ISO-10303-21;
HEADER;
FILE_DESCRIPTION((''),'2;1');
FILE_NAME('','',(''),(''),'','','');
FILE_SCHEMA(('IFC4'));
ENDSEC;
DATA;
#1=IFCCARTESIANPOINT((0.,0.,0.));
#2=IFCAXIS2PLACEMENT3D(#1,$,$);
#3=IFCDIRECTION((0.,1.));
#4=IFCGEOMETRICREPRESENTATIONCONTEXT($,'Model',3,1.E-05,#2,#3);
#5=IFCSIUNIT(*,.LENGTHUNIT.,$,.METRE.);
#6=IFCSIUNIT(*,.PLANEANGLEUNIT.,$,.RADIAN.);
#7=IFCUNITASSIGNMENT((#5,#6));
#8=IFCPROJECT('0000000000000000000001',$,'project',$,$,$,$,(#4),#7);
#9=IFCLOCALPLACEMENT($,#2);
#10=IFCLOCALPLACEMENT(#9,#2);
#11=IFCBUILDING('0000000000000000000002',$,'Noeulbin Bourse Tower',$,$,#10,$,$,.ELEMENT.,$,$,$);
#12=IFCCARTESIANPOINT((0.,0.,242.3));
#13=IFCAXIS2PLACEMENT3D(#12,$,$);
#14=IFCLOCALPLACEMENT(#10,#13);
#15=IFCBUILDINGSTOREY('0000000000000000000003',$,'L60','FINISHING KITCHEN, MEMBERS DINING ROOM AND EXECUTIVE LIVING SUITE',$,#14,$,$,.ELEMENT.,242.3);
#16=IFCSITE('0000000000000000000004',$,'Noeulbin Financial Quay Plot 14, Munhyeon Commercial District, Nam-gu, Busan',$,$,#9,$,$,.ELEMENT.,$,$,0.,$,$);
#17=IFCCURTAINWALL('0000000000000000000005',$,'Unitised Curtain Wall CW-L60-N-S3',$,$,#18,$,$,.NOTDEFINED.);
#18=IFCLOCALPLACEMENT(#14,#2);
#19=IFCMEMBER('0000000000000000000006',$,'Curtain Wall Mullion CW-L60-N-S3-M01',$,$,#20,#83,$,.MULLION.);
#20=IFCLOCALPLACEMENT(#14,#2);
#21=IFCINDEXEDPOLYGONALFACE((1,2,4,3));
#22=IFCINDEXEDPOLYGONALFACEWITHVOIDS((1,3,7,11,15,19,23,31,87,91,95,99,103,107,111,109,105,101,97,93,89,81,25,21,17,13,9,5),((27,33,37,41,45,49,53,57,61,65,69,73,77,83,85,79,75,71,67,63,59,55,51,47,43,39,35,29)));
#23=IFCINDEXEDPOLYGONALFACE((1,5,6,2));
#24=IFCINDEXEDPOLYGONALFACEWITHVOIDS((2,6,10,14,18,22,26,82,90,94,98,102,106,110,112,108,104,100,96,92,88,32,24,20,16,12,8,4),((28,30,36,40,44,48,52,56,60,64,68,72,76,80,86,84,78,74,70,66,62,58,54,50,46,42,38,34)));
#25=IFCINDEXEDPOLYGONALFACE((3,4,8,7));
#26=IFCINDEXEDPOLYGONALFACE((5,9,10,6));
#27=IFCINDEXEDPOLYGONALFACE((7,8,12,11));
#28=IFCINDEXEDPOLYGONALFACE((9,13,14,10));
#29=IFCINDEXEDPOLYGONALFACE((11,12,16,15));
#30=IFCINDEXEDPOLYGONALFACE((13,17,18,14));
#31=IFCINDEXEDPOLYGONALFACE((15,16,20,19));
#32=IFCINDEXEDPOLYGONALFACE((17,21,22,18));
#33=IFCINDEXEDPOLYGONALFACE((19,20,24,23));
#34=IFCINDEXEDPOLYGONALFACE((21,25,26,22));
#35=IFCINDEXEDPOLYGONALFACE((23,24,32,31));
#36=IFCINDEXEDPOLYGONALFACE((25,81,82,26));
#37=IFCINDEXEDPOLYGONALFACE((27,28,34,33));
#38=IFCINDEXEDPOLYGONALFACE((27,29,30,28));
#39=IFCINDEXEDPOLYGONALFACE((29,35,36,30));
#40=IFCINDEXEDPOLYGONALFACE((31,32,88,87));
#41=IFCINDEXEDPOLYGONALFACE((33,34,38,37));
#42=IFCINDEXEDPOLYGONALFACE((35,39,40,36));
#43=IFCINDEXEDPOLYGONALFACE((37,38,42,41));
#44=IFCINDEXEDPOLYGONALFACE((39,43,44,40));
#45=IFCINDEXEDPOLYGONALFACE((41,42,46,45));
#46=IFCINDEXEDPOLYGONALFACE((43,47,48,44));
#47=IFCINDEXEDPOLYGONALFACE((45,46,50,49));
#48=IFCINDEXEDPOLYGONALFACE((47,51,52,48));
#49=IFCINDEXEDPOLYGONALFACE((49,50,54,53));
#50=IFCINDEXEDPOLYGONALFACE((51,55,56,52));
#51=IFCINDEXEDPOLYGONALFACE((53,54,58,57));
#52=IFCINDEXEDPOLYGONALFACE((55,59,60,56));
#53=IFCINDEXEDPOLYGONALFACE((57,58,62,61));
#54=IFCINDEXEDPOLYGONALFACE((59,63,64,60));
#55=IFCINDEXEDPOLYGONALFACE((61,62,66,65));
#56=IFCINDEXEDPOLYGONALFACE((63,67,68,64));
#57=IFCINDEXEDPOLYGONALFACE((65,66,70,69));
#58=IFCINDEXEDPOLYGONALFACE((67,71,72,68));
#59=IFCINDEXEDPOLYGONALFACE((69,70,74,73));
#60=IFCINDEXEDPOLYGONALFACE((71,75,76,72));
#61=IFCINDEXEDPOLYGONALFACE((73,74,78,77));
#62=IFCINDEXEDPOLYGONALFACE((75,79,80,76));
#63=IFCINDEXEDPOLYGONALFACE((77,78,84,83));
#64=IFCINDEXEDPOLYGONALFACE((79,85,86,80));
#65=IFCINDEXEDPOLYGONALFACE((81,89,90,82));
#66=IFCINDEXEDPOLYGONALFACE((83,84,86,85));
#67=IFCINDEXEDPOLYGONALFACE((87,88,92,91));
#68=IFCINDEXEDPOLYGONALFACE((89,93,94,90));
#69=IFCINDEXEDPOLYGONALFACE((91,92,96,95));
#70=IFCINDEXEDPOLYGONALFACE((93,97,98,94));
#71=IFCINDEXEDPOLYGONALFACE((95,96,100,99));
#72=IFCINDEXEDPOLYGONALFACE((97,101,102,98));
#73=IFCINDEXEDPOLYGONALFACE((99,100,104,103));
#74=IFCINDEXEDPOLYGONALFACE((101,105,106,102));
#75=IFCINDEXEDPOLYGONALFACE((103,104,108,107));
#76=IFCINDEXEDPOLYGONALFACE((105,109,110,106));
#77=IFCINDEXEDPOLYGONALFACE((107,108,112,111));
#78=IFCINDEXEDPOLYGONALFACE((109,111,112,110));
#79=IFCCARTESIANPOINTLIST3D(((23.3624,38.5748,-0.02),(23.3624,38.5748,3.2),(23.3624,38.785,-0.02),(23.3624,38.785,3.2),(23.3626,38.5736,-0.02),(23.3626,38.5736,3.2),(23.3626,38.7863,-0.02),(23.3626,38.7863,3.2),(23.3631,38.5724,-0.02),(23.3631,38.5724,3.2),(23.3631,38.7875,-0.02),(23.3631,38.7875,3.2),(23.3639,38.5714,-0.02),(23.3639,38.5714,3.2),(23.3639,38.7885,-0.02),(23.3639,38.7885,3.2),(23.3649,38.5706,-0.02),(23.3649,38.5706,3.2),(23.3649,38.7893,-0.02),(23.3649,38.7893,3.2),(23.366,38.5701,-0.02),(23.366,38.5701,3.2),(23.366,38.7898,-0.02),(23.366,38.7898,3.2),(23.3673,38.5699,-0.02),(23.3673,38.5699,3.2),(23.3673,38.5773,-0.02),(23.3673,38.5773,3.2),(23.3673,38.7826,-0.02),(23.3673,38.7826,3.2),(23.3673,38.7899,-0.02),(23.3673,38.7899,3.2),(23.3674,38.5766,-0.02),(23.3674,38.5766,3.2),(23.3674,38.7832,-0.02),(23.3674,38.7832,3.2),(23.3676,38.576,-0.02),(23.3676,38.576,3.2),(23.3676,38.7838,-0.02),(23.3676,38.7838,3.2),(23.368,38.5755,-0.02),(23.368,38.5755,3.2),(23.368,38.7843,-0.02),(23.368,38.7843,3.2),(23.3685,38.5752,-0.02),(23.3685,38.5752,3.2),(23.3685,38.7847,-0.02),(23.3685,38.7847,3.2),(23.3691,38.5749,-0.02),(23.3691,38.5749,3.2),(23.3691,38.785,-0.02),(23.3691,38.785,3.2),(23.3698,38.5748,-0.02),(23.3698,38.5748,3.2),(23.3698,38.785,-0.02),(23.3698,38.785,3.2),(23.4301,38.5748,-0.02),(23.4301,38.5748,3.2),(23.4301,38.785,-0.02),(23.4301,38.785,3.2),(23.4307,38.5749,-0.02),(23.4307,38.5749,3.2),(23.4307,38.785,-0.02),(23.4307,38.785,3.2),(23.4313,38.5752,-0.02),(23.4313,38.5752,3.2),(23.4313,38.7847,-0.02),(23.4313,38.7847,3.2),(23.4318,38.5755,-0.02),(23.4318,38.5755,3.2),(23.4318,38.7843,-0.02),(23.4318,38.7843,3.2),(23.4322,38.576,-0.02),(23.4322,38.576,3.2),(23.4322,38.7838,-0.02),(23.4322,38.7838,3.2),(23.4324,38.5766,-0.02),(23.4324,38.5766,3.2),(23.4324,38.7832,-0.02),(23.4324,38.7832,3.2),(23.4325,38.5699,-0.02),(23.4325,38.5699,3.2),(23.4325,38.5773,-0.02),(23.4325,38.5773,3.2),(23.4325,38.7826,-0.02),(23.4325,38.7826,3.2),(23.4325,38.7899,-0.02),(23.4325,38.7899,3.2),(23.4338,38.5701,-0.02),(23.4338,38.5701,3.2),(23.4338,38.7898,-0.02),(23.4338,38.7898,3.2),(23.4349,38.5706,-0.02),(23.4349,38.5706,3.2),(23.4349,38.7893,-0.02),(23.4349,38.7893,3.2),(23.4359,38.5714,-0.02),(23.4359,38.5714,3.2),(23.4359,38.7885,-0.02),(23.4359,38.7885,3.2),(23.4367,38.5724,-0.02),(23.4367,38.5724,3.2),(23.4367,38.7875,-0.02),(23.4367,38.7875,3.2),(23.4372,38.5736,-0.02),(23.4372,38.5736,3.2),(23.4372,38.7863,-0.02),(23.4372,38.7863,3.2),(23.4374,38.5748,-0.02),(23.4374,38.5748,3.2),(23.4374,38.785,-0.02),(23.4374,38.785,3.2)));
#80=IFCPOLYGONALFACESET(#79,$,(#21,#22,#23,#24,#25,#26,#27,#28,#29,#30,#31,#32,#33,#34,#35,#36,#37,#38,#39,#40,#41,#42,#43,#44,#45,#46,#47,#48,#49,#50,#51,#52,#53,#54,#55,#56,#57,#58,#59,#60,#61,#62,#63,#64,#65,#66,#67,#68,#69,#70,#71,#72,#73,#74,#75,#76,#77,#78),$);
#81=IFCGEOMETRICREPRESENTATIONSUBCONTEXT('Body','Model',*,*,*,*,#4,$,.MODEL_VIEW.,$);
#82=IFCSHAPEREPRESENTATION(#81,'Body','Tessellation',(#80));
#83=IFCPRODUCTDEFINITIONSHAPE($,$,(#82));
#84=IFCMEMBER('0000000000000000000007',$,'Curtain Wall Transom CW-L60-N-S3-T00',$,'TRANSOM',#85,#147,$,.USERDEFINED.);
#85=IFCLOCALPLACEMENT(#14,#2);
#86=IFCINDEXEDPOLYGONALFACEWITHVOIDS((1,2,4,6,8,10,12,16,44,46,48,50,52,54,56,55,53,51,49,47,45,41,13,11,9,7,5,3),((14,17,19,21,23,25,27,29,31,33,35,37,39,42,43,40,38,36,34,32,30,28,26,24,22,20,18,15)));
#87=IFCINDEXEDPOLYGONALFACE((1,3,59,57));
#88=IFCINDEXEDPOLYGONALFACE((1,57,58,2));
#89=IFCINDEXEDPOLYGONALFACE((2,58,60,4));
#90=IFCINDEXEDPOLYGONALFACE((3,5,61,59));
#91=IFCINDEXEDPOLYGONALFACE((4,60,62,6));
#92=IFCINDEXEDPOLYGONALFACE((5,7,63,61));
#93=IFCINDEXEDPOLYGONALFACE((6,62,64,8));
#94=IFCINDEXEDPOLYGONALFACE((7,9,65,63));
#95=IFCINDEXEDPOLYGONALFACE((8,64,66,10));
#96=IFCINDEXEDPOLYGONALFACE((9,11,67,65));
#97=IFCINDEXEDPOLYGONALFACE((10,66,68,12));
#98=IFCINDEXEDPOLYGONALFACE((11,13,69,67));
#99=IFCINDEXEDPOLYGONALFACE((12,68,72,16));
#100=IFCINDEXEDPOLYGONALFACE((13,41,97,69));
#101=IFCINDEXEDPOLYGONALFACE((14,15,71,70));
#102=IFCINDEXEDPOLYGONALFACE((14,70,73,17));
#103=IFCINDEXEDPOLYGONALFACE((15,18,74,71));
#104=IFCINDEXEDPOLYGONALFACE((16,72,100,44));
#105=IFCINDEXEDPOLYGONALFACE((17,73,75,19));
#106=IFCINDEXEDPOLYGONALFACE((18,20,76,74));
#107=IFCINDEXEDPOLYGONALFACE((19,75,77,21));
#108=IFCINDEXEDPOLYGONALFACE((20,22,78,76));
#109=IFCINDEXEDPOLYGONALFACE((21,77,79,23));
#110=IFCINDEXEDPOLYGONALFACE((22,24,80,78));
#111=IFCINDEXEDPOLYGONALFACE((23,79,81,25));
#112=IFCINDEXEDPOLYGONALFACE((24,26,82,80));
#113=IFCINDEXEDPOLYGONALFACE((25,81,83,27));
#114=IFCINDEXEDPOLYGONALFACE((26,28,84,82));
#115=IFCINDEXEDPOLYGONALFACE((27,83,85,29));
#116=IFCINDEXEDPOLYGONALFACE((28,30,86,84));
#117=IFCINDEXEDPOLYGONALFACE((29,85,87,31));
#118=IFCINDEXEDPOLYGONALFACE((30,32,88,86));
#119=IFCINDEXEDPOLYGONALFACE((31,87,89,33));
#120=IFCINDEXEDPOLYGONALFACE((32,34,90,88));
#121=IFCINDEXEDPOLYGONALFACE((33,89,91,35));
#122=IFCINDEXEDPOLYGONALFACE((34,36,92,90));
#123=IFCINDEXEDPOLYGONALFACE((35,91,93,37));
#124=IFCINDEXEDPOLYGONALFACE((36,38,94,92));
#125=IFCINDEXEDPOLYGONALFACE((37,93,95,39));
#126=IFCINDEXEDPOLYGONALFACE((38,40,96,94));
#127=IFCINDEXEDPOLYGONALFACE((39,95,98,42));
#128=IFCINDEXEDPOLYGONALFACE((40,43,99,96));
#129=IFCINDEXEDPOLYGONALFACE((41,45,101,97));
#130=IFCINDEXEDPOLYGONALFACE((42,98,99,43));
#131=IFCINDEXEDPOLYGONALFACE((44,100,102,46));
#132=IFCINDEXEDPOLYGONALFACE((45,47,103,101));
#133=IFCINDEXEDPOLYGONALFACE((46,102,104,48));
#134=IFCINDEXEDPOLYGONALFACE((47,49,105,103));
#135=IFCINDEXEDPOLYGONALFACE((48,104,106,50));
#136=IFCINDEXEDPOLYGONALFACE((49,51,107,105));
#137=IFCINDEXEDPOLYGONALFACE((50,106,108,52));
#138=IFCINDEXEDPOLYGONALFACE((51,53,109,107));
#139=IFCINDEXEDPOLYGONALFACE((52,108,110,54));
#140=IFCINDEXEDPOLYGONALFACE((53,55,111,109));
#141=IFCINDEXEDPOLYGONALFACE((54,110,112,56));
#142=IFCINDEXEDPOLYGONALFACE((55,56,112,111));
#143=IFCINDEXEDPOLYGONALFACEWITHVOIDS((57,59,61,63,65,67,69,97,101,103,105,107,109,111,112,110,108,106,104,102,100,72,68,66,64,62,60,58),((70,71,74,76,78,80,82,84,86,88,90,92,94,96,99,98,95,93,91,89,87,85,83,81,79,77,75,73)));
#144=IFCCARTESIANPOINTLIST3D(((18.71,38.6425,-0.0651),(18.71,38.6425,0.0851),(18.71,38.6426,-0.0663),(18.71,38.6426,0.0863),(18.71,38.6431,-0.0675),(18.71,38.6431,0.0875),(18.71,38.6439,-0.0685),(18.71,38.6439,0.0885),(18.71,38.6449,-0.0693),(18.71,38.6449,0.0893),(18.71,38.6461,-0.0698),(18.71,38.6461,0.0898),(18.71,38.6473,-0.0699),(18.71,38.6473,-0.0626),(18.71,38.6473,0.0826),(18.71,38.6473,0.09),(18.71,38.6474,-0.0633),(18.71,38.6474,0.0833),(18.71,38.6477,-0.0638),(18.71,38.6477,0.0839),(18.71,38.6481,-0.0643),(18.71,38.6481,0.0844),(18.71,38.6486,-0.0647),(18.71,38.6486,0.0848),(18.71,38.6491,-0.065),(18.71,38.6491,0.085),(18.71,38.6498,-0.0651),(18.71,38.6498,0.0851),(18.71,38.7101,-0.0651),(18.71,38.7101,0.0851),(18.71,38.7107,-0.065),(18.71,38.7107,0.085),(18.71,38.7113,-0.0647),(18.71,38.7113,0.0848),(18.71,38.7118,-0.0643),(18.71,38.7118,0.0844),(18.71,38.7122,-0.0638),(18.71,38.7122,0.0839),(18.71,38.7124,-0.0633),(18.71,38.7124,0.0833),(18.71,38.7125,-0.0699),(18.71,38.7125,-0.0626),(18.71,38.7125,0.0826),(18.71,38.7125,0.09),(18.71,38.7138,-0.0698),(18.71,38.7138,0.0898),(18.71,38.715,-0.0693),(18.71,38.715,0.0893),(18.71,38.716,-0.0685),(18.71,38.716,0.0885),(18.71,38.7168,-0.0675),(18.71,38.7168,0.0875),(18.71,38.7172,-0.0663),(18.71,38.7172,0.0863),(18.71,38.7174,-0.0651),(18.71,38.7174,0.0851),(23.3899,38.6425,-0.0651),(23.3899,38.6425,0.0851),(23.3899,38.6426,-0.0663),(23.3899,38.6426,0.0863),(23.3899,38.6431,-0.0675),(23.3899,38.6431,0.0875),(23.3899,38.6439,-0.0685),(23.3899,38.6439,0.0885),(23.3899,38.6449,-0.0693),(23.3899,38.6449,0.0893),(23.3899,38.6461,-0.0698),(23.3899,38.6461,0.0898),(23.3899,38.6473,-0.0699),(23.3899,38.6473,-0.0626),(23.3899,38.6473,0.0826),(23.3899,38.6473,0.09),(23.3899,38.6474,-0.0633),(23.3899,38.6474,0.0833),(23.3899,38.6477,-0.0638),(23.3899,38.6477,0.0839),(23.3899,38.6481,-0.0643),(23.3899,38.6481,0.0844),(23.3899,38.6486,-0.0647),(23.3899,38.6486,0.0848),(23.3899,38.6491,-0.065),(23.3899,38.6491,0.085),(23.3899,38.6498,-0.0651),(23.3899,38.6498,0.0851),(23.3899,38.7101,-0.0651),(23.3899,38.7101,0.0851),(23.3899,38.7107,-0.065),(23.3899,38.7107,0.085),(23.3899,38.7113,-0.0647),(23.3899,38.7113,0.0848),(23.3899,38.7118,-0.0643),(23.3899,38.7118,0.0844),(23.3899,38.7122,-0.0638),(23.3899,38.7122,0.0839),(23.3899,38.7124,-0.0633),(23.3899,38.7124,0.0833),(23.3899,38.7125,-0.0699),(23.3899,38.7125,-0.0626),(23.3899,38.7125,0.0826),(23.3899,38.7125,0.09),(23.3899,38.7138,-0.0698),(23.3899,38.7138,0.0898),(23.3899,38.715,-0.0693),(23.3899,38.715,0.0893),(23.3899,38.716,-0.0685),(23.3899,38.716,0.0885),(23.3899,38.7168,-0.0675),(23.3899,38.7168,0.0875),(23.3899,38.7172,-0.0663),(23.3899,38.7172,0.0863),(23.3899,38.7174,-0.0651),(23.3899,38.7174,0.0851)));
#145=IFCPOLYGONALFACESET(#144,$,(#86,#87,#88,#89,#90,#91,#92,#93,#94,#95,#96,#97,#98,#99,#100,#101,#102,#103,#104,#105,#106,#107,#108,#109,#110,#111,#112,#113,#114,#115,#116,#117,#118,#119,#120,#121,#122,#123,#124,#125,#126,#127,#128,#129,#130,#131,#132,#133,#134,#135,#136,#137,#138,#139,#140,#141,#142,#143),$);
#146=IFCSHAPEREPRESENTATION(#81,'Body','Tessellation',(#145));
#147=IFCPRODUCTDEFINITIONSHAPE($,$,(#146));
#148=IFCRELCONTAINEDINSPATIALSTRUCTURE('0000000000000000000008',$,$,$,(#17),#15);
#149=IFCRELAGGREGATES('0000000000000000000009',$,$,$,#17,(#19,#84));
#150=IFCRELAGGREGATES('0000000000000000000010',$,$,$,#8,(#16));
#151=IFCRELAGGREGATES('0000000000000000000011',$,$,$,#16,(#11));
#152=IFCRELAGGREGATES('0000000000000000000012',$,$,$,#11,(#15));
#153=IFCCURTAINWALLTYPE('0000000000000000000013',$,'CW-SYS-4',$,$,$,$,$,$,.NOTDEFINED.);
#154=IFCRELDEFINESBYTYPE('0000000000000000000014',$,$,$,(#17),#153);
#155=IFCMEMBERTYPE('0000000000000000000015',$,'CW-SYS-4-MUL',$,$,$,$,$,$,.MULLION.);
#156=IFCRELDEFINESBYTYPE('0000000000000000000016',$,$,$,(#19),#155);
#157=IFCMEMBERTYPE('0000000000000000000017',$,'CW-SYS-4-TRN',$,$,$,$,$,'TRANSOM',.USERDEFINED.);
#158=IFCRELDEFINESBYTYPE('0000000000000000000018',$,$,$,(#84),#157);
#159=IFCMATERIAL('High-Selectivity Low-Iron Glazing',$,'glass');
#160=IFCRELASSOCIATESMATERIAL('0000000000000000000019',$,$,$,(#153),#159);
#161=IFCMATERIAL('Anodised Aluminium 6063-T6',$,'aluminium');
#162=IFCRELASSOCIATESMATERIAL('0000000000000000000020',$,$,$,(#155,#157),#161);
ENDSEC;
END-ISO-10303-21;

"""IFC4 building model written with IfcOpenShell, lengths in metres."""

from ifc_helpers import new_model, si_unit, direction, frame, origin, origin_2d, place, context, subcontext, project, spatial, hollow_rectangle, extrude, material, material_profile, profile_set, type_object, element, aggregate, save


model = new_model("IFC4")

# Units and contexts
model_context = context("Model", 3, precision=1e-05, world=origin(), true_north=direction((0.0, 1.0)))
body_context = subcontext(model_context, "Body", "Model", "MODEL_VIEW")
ifc_project = project(units=[si_unit("LENGTHUNIT", "METRE"), si_unit("PLANEANGLEUNIT", "RADIAN")], contexts=[model_context])

# Site, building, storey
site_placement = place(None, origin())
site = spatial("IfcSite", under=ifc_project, at=site_placement, Name="Noeulbin Financial Quay Plot 14, Munhyeon Commercial District, Nam-gu, Busan", CompositionType="ELEMENT", RefElevation=0.0)
building_placement = place(site_placement, origin())
building = spatial("IfcBuilding", under=site, at=building_placement, Name="Noeulbin Bourse Tower", CompositionType="ELEMENT")
storey_placement = place(building_placement, frame((0.0, 0.0, 242.3)))
storey = spatial("IfcBuildingStorey", under=building, at=storey_placement, Name="L60", Description="FINISHING KITCHEN, MEMBERS DINING ROOM AND EXECUTIVE LIVING SUITE", CompositionType="ELEMENT", Elevation=242.3)

# Curtain wall, members
ifc_material_1 = material(Name="High-Selectivity Low-Iron Glazing", Category="glass")
curtain_wall_type = type_object("IfcCurtainWallType", Name="CW-SYS-4", PredefinedType="NOTDEFINED", material=ifc_material_1)
curtain_wall_placement = place(storey_placement, origin())
curtain_wall = element("IfcCurtainWall", 1, at=curtain_wall_placement, inside=storey, type_object=curtain_wall_type, Name="Unitised Curtain Wall CW-L60-N-S3", PredefinedType="NOTDEFINED")
ifc_material_2 = material(Name="Anodised Aluminium 6063-T6", Category="aluminium")
ifc_material_profile_1 = material_profile(ifc_material_2, hollow_rectangle(XDim=0.075, YDim=0.22, WallThickness=0.0049, InnerFilletRadius=0.0024, OuterFilletRadius=0.0049, at=origin_2d()), Name="ALU-MULL-75x220x5", Category="LoadBearing")
ifc_profile_set_1 = profile_set([ifc_material_profile_1], Name="Anodised Aluminium 6063-T6")
member_type_1 = type_object("IfcMemberType", Name="CW-SYS-4-MUL", PredefinedType="MULLION", material=ifc_profile_set_1)
member_1_placement = place(storey_placement, frame((23.3999, 38.6799, -0.02), z_axis=(0.0, 0.0, 1.0), x_axis=(1.0, 0.0, 0.0)))
member_1 = element("IfcMember", 2, at=member_1_placement, type_object=member_type_1, Name="Curtain Wall Mullion CW-L60-N-S3-M01", PredefinedType="MULLION", context=body_context, shape_type="SweptSolid", body=[
    extrude(hollow_rectangle(XDim=0.075, YDim=0.22, WallThickness=0.0049, InnerFilletRadius=0.0024, OuterFilletRadius=0.0049, at=origin_2d()), origin(), (0.0, 0.0, 1.0), 3.22),
])
ifc_material_profile_2 = material_profile(ifc_material_2, hollow_rectangle(XDim=0.075, YDim=0.1599, WallThickness=0.0049, InnerFilletRadius=0.0024, OuterFilletRadius=0.0049, at=origin_2d()), Name="ALU-TRAN-75x160x5", Category="LoadBearing")
ifc_profile_set_2 = profile_set([ifc_material_profile_2], Name="Anodised Aluminium 6063-T6")
member_type_2 = type_object("IfcMemberType", Name="CW-SYS-4-TRN", ElementType="TRANSOM", PredefinedType="USERDEFINED", material=ifc_profile_set_2)
member_2_placement = place(storey_placement, frame((18.71, 38.6799, 0.01), z_axis=(1.0, 0.0, 0.0), x_axis=(0.0, 1.0, 0.0)))
member_2 = element("IfcMember", 3, at=member_2_placement, type_object=member_type_2, Name="Curtain Wall Transom CW-L60-N-S3-T00", ObjectType="TRANSOM", PredefinedType="USERDEFINED", context=body_context, shape_type="SweptSolid", body=[
    extrude(hollow_rectangle(XDim=0.075, YDim=0.1599, WallThickness=0.0049, InnerFilletRadius=0.0024, OuterFilletRadius=0.0049, at=origin_2d()), origin(), (0.0, 0.0, 1.0), 4.6799),
])
aggregate(curtain_wall, [member_1, member_2])

save(model, "model.ifc")
